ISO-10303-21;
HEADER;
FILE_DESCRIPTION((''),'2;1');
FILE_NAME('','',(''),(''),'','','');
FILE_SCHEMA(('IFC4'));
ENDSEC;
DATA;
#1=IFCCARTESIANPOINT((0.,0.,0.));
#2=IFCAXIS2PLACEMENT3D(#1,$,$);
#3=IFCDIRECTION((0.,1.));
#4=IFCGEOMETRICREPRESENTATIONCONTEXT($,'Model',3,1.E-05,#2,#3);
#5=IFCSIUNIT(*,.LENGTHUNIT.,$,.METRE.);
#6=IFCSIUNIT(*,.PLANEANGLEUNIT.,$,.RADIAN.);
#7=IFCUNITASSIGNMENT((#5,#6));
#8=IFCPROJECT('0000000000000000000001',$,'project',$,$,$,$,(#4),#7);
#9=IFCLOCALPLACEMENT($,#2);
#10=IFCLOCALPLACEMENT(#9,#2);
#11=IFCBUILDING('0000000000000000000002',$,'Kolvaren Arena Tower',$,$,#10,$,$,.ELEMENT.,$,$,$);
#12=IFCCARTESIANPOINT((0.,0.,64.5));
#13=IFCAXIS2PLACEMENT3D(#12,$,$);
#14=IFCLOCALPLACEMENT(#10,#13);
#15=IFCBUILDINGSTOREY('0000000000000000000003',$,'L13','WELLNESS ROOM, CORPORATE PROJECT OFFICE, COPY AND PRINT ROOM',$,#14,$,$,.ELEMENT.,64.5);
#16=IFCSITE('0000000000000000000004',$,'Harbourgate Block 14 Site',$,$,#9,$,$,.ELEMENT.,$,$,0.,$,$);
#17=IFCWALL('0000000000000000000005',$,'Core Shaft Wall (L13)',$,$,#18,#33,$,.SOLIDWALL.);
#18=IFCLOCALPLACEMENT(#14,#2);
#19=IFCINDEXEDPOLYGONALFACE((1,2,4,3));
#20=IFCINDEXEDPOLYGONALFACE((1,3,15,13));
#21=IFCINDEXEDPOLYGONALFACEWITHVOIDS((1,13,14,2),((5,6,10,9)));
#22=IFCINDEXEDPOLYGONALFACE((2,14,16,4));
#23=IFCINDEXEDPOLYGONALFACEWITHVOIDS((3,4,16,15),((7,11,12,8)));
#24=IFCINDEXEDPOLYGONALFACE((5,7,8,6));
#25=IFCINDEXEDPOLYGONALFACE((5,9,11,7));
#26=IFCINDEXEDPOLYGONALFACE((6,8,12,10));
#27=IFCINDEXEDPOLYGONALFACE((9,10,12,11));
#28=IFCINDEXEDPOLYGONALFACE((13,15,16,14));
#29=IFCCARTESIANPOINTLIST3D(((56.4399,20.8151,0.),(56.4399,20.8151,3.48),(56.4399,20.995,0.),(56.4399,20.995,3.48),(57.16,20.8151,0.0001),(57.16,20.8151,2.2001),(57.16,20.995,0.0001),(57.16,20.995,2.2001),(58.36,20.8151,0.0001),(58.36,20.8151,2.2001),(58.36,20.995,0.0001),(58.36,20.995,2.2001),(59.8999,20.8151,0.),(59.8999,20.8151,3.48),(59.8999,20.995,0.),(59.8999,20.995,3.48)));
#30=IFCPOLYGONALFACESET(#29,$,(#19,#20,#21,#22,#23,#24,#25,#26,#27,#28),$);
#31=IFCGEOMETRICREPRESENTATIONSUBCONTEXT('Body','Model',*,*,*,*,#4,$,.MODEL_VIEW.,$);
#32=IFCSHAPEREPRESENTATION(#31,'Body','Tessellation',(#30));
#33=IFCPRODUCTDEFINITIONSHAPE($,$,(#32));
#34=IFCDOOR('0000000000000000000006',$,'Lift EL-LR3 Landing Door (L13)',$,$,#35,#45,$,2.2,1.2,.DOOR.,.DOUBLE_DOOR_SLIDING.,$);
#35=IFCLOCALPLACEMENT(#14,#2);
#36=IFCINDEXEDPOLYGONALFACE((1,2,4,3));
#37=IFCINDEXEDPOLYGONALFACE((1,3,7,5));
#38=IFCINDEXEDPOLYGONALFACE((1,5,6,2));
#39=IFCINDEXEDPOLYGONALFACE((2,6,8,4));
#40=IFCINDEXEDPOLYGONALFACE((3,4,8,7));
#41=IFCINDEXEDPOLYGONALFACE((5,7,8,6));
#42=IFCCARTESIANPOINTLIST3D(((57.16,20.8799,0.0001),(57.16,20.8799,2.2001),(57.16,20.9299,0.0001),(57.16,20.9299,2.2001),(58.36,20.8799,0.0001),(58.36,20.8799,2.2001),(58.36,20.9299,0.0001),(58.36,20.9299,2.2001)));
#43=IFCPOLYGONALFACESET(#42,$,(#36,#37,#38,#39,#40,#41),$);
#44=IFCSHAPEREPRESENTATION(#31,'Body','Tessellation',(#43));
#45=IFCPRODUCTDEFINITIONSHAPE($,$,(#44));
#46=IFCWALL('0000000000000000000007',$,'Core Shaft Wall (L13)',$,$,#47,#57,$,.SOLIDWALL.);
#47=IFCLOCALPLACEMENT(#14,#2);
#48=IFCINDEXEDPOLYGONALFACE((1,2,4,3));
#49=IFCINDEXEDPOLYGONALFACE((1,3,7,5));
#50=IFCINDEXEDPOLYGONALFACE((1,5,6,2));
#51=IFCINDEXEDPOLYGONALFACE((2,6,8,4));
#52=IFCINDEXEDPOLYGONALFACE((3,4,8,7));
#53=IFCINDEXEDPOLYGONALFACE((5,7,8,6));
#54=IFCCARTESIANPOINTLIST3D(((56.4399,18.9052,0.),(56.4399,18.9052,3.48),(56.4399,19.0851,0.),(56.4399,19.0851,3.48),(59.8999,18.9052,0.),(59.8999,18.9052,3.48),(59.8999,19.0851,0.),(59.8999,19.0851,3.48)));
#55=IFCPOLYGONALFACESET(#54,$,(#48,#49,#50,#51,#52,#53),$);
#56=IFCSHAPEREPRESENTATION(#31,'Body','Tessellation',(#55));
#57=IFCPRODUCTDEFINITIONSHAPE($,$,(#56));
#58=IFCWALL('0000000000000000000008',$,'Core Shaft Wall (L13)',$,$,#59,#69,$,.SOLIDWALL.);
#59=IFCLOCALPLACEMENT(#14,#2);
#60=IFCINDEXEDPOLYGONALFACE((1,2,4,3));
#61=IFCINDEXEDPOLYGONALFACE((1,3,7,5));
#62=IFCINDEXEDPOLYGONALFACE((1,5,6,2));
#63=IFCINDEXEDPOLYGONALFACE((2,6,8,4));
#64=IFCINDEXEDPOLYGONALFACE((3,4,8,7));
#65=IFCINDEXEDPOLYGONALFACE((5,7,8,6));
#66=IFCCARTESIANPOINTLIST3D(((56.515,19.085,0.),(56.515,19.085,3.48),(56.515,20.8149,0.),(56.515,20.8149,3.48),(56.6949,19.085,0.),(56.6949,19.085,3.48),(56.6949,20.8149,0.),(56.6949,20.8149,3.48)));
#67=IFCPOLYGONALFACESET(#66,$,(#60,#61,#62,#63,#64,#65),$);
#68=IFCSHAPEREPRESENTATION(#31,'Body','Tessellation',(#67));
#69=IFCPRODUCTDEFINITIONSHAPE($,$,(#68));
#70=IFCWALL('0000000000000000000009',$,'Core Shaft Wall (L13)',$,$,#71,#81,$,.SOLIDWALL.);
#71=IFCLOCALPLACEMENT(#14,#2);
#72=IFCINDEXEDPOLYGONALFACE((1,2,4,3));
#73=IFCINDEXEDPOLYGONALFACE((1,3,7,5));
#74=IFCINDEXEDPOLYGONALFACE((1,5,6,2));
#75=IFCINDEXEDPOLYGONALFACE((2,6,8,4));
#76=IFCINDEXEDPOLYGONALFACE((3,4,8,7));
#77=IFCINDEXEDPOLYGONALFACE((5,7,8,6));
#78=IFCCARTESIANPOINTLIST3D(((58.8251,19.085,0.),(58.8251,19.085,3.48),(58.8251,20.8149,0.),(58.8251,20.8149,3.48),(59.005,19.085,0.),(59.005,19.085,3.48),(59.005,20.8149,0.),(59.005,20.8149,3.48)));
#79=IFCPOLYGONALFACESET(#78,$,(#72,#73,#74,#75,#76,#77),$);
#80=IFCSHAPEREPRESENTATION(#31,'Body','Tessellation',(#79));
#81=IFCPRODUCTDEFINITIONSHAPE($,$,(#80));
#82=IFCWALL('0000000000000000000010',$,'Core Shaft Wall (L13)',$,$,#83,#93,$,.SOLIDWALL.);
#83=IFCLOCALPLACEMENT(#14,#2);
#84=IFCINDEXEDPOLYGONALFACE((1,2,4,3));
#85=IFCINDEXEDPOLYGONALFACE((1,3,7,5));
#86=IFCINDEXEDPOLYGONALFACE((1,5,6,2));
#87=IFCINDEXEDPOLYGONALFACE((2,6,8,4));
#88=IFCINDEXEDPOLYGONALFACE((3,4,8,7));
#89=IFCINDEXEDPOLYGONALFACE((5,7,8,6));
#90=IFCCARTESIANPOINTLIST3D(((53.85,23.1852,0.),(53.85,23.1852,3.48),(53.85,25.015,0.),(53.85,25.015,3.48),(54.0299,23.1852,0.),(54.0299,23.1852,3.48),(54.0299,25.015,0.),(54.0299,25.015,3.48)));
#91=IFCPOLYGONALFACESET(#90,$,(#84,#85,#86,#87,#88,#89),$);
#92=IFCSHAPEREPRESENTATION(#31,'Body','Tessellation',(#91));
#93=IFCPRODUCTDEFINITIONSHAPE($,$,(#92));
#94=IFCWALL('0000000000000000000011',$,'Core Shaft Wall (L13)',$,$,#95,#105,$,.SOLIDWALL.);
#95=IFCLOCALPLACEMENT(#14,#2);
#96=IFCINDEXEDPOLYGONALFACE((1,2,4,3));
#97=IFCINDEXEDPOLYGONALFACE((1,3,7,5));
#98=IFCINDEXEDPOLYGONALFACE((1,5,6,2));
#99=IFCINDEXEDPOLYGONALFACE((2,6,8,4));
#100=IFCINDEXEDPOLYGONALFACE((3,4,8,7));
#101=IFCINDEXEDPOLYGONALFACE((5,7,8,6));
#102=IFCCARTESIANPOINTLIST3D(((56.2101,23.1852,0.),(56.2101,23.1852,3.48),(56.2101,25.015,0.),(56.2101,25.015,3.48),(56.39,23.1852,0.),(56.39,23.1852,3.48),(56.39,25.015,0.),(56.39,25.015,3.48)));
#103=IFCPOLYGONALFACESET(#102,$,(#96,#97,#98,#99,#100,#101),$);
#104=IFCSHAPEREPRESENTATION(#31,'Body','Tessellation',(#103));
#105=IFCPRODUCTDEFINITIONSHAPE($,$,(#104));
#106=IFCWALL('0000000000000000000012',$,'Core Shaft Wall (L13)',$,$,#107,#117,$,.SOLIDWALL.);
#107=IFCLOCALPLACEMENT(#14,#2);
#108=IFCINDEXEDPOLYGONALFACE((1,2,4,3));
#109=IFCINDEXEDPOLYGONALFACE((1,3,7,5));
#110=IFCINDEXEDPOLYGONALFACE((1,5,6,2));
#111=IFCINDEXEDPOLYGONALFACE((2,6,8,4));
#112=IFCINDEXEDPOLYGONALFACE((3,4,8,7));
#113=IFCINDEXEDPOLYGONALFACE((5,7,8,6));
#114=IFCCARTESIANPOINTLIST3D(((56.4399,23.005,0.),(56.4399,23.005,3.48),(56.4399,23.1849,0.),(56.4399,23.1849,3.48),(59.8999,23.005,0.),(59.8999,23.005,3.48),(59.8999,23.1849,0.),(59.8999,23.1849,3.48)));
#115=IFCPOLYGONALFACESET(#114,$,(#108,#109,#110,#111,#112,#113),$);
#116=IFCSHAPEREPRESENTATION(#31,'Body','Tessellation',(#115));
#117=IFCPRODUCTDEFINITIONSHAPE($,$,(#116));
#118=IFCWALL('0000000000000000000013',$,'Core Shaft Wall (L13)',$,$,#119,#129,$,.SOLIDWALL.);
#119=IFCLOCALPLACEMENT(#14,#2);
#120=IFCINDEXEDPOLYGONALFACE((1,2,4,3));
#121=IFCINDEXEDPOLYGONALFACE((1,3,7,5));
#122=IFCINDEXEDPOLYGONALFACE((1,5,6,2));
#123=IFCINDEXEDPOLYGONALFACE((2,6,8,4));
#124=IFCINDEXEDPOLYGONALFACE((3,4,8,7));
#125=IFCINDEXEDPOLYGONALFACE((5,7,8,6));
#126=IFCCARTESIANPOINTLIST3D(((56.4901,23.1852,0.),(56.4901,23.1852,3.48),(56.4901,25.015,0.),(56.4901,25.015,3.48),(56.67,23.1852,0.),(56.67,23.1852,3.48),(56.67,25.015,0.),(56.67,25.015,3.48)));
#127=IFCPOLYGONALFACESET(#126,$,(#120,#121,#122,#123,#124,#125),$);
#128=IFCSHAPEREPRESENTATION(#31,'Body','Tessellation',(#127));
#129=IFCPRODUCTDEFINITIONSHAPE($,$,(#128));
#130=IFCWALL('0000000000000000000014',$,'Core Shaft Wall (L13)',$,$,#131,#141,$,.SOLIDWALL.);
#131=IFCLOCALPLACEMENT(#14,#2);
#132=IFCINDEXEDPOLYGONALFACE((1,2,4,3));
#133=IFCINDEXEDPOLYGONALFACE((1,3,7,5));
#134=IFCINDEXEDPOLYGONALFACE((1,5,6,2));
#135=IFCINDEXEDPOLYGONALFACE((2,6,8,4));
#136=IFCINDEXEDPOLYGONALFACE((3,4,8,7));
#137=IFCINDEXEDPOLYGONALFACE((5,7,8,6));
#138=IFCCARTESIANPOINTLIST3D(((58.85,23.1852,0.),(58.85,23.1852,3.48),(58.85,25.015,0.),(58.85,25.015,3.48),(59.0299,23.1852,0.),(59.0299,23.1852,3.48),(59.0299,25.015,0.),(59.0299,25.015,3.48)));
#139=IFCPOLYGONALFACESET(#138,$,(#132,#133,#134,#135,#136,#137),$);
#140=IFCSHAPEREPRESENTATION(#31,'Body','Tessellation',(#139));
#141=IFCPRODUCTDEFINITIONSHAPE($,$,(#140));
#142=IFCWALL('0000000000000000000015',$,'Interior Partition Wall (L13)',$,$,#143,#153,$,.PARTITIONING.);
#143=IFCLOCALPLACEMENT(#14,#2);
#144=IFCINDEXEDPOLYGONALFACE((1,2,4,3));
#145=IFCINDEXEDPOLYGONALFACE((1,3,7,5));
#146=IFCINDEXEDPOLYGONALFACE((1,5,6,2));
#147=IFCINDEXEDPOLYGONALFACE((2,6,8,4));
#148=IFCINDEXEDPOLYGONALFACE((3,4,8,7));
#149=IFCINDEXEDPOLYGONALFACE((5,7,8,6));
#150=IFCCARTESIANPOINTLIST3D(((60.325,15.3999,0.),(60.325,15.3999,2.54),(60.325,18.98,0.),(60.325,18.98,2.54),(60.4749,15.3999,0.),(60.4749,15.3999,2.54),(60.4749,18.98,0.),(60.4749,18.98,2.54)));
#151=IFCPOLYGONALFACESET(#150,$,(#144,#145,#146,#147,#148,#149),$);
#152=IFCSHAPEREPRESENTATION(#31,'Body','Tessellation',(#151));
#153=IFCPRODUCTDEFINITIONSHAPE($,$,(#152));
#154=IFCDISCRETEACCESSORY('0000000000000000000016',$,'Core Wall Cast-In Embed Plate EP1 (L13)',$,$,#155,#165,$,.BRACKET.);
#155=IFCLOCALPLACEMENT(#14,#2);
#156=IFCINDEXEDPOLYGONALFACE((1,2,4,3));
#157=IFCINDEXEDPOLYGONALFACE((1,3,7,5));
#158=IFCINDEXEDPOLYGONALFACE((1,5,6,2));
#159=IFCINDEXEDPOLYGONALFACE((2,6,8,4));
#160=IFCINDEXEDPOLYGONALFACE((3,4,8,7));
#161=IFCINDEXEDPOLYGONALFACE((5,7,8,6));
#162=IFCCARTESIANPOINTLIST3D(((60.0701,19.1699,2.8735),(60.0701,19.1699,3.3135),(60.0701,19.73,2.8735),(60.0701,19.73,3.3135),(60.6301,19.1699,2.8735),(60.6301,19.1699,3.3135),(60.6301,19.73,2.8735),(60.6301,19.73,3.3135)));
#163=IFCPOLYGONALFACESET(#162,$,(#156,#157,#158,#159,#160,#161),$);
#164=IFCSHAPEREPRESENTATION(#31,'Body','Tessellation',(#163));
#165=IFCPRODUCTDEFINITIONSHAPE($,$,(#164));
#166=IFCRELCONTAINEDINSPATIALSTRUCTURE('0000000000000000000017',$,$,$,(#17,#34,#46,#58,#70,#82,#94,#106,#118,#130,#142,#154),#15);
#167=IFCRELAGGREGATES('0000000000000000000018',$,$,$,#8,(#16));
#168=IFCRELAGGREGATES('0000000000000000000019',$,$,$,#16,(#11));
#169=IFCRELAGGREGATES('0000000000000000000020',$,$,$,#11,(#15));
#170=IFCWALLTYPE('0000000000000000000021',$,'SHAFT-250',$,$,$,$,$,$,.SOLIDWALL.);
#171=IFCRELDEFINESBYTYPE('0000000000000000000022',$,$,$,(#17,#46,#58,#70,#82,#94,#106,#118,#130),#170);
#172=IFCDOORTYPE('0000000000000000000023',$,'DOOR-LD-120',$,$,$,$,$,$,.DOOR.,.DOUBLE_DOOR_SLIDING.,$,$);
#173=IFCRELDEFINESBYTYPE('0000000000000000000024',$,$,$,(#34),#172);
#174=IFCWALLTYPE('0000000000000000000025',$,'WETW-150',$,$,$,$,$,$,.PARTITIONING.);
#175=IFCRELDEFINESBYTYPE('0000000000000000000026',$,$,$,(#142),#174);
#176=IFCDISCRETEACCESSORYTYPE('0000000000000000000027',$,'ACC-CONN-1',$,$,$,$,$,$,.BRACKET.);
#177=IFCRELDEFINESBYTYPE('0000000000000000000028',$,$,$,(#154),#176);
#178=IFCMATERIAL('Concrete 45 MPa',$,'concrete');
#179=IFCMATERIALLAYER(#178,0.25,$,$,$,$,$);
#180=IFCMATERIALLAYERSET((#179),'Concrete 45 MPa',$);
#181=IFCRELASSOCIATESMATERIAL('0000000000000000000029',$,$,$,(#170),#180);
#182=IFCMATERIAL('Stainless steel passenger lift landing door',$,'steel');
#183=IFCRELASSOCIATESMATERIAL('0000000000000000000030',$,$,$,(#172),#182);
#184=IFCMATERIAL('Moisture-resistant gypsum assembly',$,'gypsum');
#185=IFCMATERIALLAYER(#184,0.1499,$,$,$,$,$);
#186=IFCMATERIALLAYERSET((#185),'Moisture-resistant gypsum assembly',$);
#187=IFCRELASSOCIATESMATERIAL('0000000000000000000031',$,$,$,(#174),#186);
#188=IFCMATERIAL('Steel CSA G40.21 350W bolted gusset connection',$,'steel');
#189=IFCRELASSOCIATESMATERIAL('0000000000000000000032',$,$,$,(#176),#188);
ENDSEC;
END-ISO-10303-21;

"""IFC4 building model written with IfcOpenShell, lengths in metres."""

from ifc_helpers import new_model, si_unit, direction, frame, frame_2d, origin, origin_2d, place, context, subcontext, project, spatial, rectangle, extrude, material, layer, layer_set, type_object, element, fill, save


model = new_model("IFC4")

# Units and contexts
model_context = context("Model", 3, precision=1e-05, world=origin(), true_north=direction((0.0, 1.0)))
body_context = subcontext(model_context, "Body", "Model", "MODEL_VIEW")
ifc_project = project(units=[si_unit("LENGTHUNIT", "METRE"), si_unit("PLANEANGLEUNIT", "RADIAN")], contexts=[model_context])

# Site, building, storey
site_placement = place(None, origin())
site = spatial("IfcSite", under=ifc_project, at=site_placement, Name="Harbourgate Block 14 Site", CompositionType="ELEMENT", RefElevation=0.0)
building_placement = place(site_placement, origin())
building = spatial("IfcBuilding", under=site, at=building_placement, Name="Kolvaren Arena Tower", CompositionType="ELEMENT")
storey_placement = place(building_placement, frame((0.0, 0.0, 64.5)))
storey = spatial("IfcBuildingStorey", under=building, at=storey_placement, Name="L13", Description="WELLNESS ROOM, CORPORATE PROJECT OFFICE, COPY AND PRINT ROOM", CompositionType="ELEMENT", Elevation=64.5)

# Shared definitions
ifc_material_1 = material(Name="Concrete 45 MPa", Category="concrete")
ifc_layer_1 = layer(ifc_material_1, 0.25)
ifc_layer_set_1 = layer_set([ifc_layer_1], Name="Concrete 45 MPa")
wall_type_1 = type_object("IfcWallType", Name="SHAFT-250", PredefinedType="SOLIDWALL", material=ifc_layer_set_1)
ifc_material_2 = material(Name="Stainless steel passenger lift landing door", Category="steel")
door_type = type_object("IfcDoorType", Name="DOOR-LD-120", OperationType="DOUBLE_DOOR_SLIDING", PredefinedType="DOOR", material=ifc_material_2)

# Wall, opening, door
wall_1_placement = place(storey_placement, frame((56.4399, 20.905, 0.0), z_axis=(0.0, 0.0, 1.0), x_axis=(1.0, 0.0, 0.0)))
wall_1 = element("IfcWall", 1, at=wall_1_placement, inside=storey, type_object=wall_type_1, Name="Core Shaft Wall (L13)", PredefinedType="SOLIDWALL", context=body_context, shape_type="SweptSolid", body=[
    extrude(rectangle(XDim=3.46, YDim=0.1799, at=frame_2d((1.73, 0.0))), origin(), (0.0, 0.0, 1.0), 3.48),
])
opening_1_placement = place(wall_1_placement, frame((0.72, 0.0, 0.0)))
opening_1 = element("IfcOpeningElement", 2, at=opening_1_placement, cuts=wall_1, PredefinedType="OPENING", context=body_context, shape_type="SweptSolid", body=[
    extrude(rectangle(XDim=1.2, YDim=2.2, at=frame_2d((0.6001, 1.1001))), frame((0.0, 0.0999, 0.0), z_axis=(0.0, -1.0, 0.0), x_axis=(1.0, 0.0, 0.0)), (0.0, 0.0, 1.0), 0.2),
])
door_1_placement = place(opening_1_placement, origin())
door_1 = element("IfcDoor", 3, at=door_1_placement, inside=storey, type_object=door_type, Name="Lift EL-LR3 Landing Door (L13)", OperationType="DOUBLE_DOOR_SLIDING", OverallHeight=2.2, OverallWidth=1.2, PredefinedType="DOOR", context=body_context, shape_type="SweptSolid", body=[
    extrude(rectangle(XDim=1.2, YDim=2.2, at=frame_2d((0.6001, 1.1001))), frame((0.0, 0.0249, 0.0), z_axis=(0.0, -1.0, 0.0), x_axis=(1.0, 0.0, 0.0)), (0.0, 0.0, 1.0), 0.05),
])
fill(opening_1, door_1)

# Walls
wall_2_placement = place(storey_placement, frame((56.4399, 18.9951, 0.0), z_axis=(0.0, 0.0, 1.0), x_axis=(1.0, 0.0, 0.0)))
element("IfcWall", 4, at=wall_2_placement, inside=storey, type_object=wall_type_1, Name="Core Shaft Wall (L13)", PredefinedType="SOLIDWALL", context=body_context, shape_type="SweptSolid", body=[
    extrude(rectangle(XDim=3.46, YDim=0.1799, at=frame_2d((1.73, 0.0))), origin(), (0.0, 0.0, 1.0), 3.48),
])
for number, where, z_axis, x_axis, name in (
    (5, (56.605, 19.085, 0.0), (0.0, 0.0, 1.0), (0.0, 1.0, 0.0), "Core Shaft Wall (L13)"),
    (6, (58.915, 19.085, 0.0), (0.0, 0.0, 1.0), (0.0, 1.0, 0.0), "Core Shaft Wall (L13)"),
):
    element("IfcWall", number, at=place(storey_placement, frame(where, z_axis=z_axis, x_axis=x_axis)), inside=storey, type_object=wall_type_1, Name=name, PredefinedType="SOLIDWALL", context=body_context, shape_type="SweptSolid", body=[
        extrude(rectangle(XDim=1.73, YDim=0.1799, at=frame_2d((0.865, 0.0))), origin(), (0.0, 0.0, 1.0), 3.48),
    ])
for number, where, z_axis, x_axis, name in (
    (7, (53.9399, 23.1851, 0.0), (0.0, 0.0, 1.0), (0.0, 1.0, 0.0), "Core Shaft Wall (L13)"),
    (8, (56.3, 23.1851, 0.0), (0.0, 0.0, 1.0), (0.0, 1.0, 0.0), "Core Shaft Wall (L13)"),
):
    element("IfcWall", number, at=place(storey_placement, frame(where, z_axis=z_axis, x_axis=x_axis)), inside=storey, type_object=wall_type_1, Name=name, PredefinedType="SOLIDWALL", context=body_context, shape_type="SweptSolid", body=[
        extrude(rectangle(XDim=1.8298, YDim=0.1799, at=frame_2d((0.915, 0.0))), origin(), (0.0, 0.0, 1.0), 3.48),
    ])
wall_3_placement = place(storey_placement, frame((56.4399, 23.095, 0.0), z_axis=(0.0, 0.0, 1.0), x_axis=(1.0, 0.0, 0.0)))
element("IfcWall", 9, at=wall_3_placement, inside=storey, type_object=wall_type_1, Name="Core Shaft Wall (L13)", PredefinedType="SOLIDWALL", context=body_context, shape_type="SweptSolid", body=[
    extrude(rectangle(XDim=3.46, YDim=0.1799, at=frame_2d((1.73, 0.0))), origin(), (0.0, 0.0, 1.0), 3.48),
])
for number, where, z_axis, x_axis, name in (
    (10, (56.5801, 23.1851, 0.0), (0.0, 0.0, 1.0), (0.0, 1.0, 0.0), "Core Shaft Wall (L13)"),
    (11, (58.9399, 23.1851, 0.0), (0.0, 0.0, 1.0), (0.0, 1.0, 0.0), "Core Shaft Wall (L13)"),
):
    element("IfcWall", number, at=place(storey_placement, frame(where, z_axis=z_axis, x_axis=x_axis)), inside=storey, type_object=wall_type_1, Name=name, PredefinedType="SOLIDWALL", context=body_context, shape_type="SweptSolid", body=[
        extrude(rectangle(XDim=1.8298, YDim=0.1799, at=frame_2d((0.915, 0.0))), origin(), (0.0, 0.0, 1.0), 3.48),
    ])
ifc_material_3 = material(Name="Moisture-resistant gypsum assembly", Category="gypsum")
ifc_layer_2 = layer(ifc_material_3, 0.1499)
ifc_layer_set_2 = layer_set([ifc_layer_2], Name="Moisture-resistant gypsum assembly")
wall_type_2 = type_object("IfcWallType", Name="WETW-150", PredefinedType="PARTITIONING", material=ifc_layer_set_2)
wall_4_placement = place(storey_placement, frame((60.3999, 15.3999, 0.0), z_axis=(0.0, 0.0, 1.0), x_axis=(0.0, 1.0, 0.0)))
element("IfcWall", 12, at=wall_4_placement, inside=storey, type_object=wall_type_2, Name="Interior Partition Wall (L13)", PredefinedType="PARTITIONING", context=body_context, shape_type="SweptSolid", body=[
    extrude(rectangle(XDim=3.5801, YDim=0.1499, at=frame_2d((1.79, 0.0))), origin(), (0.0, 0.0, 1.0), 2.54),
])

# Discrete accessory
ifc_material_4 = material(Name="Steel CSA G40.21 350W bolted gusset connection", Category="steel")
discrete_accessory_type = type_object("IfcDiscreteAccessoryType", Name="ACC-CONN-1", PredefinedType="BRACKET", material=ifc_material_4)
discrete_accessory_placement = place(storey_placement, frame((60.3501, 19.45, 2.8735), z_axis=(0.0, 0.0, 1.0), x_axis=(1.0, 0.0, 0.0)))
element("IfcDiscreteAccessory", 13, at=discrete_accessory_placement, inside=storey, type_object=discrete_accessory_type, Name="Core Wall Cast-In Embed Plate EP1 (L13)", PredefinedType="BRACKET", context=body_context, shape_type="SweptSolid", body=[
    extrude(rectangle(XDim=0.5601, YDim=0.5601, at=origin_2d()), origin(), (0.0, 0.0, 1.0), 0.4399),
])

save(model, "model.ifc")
